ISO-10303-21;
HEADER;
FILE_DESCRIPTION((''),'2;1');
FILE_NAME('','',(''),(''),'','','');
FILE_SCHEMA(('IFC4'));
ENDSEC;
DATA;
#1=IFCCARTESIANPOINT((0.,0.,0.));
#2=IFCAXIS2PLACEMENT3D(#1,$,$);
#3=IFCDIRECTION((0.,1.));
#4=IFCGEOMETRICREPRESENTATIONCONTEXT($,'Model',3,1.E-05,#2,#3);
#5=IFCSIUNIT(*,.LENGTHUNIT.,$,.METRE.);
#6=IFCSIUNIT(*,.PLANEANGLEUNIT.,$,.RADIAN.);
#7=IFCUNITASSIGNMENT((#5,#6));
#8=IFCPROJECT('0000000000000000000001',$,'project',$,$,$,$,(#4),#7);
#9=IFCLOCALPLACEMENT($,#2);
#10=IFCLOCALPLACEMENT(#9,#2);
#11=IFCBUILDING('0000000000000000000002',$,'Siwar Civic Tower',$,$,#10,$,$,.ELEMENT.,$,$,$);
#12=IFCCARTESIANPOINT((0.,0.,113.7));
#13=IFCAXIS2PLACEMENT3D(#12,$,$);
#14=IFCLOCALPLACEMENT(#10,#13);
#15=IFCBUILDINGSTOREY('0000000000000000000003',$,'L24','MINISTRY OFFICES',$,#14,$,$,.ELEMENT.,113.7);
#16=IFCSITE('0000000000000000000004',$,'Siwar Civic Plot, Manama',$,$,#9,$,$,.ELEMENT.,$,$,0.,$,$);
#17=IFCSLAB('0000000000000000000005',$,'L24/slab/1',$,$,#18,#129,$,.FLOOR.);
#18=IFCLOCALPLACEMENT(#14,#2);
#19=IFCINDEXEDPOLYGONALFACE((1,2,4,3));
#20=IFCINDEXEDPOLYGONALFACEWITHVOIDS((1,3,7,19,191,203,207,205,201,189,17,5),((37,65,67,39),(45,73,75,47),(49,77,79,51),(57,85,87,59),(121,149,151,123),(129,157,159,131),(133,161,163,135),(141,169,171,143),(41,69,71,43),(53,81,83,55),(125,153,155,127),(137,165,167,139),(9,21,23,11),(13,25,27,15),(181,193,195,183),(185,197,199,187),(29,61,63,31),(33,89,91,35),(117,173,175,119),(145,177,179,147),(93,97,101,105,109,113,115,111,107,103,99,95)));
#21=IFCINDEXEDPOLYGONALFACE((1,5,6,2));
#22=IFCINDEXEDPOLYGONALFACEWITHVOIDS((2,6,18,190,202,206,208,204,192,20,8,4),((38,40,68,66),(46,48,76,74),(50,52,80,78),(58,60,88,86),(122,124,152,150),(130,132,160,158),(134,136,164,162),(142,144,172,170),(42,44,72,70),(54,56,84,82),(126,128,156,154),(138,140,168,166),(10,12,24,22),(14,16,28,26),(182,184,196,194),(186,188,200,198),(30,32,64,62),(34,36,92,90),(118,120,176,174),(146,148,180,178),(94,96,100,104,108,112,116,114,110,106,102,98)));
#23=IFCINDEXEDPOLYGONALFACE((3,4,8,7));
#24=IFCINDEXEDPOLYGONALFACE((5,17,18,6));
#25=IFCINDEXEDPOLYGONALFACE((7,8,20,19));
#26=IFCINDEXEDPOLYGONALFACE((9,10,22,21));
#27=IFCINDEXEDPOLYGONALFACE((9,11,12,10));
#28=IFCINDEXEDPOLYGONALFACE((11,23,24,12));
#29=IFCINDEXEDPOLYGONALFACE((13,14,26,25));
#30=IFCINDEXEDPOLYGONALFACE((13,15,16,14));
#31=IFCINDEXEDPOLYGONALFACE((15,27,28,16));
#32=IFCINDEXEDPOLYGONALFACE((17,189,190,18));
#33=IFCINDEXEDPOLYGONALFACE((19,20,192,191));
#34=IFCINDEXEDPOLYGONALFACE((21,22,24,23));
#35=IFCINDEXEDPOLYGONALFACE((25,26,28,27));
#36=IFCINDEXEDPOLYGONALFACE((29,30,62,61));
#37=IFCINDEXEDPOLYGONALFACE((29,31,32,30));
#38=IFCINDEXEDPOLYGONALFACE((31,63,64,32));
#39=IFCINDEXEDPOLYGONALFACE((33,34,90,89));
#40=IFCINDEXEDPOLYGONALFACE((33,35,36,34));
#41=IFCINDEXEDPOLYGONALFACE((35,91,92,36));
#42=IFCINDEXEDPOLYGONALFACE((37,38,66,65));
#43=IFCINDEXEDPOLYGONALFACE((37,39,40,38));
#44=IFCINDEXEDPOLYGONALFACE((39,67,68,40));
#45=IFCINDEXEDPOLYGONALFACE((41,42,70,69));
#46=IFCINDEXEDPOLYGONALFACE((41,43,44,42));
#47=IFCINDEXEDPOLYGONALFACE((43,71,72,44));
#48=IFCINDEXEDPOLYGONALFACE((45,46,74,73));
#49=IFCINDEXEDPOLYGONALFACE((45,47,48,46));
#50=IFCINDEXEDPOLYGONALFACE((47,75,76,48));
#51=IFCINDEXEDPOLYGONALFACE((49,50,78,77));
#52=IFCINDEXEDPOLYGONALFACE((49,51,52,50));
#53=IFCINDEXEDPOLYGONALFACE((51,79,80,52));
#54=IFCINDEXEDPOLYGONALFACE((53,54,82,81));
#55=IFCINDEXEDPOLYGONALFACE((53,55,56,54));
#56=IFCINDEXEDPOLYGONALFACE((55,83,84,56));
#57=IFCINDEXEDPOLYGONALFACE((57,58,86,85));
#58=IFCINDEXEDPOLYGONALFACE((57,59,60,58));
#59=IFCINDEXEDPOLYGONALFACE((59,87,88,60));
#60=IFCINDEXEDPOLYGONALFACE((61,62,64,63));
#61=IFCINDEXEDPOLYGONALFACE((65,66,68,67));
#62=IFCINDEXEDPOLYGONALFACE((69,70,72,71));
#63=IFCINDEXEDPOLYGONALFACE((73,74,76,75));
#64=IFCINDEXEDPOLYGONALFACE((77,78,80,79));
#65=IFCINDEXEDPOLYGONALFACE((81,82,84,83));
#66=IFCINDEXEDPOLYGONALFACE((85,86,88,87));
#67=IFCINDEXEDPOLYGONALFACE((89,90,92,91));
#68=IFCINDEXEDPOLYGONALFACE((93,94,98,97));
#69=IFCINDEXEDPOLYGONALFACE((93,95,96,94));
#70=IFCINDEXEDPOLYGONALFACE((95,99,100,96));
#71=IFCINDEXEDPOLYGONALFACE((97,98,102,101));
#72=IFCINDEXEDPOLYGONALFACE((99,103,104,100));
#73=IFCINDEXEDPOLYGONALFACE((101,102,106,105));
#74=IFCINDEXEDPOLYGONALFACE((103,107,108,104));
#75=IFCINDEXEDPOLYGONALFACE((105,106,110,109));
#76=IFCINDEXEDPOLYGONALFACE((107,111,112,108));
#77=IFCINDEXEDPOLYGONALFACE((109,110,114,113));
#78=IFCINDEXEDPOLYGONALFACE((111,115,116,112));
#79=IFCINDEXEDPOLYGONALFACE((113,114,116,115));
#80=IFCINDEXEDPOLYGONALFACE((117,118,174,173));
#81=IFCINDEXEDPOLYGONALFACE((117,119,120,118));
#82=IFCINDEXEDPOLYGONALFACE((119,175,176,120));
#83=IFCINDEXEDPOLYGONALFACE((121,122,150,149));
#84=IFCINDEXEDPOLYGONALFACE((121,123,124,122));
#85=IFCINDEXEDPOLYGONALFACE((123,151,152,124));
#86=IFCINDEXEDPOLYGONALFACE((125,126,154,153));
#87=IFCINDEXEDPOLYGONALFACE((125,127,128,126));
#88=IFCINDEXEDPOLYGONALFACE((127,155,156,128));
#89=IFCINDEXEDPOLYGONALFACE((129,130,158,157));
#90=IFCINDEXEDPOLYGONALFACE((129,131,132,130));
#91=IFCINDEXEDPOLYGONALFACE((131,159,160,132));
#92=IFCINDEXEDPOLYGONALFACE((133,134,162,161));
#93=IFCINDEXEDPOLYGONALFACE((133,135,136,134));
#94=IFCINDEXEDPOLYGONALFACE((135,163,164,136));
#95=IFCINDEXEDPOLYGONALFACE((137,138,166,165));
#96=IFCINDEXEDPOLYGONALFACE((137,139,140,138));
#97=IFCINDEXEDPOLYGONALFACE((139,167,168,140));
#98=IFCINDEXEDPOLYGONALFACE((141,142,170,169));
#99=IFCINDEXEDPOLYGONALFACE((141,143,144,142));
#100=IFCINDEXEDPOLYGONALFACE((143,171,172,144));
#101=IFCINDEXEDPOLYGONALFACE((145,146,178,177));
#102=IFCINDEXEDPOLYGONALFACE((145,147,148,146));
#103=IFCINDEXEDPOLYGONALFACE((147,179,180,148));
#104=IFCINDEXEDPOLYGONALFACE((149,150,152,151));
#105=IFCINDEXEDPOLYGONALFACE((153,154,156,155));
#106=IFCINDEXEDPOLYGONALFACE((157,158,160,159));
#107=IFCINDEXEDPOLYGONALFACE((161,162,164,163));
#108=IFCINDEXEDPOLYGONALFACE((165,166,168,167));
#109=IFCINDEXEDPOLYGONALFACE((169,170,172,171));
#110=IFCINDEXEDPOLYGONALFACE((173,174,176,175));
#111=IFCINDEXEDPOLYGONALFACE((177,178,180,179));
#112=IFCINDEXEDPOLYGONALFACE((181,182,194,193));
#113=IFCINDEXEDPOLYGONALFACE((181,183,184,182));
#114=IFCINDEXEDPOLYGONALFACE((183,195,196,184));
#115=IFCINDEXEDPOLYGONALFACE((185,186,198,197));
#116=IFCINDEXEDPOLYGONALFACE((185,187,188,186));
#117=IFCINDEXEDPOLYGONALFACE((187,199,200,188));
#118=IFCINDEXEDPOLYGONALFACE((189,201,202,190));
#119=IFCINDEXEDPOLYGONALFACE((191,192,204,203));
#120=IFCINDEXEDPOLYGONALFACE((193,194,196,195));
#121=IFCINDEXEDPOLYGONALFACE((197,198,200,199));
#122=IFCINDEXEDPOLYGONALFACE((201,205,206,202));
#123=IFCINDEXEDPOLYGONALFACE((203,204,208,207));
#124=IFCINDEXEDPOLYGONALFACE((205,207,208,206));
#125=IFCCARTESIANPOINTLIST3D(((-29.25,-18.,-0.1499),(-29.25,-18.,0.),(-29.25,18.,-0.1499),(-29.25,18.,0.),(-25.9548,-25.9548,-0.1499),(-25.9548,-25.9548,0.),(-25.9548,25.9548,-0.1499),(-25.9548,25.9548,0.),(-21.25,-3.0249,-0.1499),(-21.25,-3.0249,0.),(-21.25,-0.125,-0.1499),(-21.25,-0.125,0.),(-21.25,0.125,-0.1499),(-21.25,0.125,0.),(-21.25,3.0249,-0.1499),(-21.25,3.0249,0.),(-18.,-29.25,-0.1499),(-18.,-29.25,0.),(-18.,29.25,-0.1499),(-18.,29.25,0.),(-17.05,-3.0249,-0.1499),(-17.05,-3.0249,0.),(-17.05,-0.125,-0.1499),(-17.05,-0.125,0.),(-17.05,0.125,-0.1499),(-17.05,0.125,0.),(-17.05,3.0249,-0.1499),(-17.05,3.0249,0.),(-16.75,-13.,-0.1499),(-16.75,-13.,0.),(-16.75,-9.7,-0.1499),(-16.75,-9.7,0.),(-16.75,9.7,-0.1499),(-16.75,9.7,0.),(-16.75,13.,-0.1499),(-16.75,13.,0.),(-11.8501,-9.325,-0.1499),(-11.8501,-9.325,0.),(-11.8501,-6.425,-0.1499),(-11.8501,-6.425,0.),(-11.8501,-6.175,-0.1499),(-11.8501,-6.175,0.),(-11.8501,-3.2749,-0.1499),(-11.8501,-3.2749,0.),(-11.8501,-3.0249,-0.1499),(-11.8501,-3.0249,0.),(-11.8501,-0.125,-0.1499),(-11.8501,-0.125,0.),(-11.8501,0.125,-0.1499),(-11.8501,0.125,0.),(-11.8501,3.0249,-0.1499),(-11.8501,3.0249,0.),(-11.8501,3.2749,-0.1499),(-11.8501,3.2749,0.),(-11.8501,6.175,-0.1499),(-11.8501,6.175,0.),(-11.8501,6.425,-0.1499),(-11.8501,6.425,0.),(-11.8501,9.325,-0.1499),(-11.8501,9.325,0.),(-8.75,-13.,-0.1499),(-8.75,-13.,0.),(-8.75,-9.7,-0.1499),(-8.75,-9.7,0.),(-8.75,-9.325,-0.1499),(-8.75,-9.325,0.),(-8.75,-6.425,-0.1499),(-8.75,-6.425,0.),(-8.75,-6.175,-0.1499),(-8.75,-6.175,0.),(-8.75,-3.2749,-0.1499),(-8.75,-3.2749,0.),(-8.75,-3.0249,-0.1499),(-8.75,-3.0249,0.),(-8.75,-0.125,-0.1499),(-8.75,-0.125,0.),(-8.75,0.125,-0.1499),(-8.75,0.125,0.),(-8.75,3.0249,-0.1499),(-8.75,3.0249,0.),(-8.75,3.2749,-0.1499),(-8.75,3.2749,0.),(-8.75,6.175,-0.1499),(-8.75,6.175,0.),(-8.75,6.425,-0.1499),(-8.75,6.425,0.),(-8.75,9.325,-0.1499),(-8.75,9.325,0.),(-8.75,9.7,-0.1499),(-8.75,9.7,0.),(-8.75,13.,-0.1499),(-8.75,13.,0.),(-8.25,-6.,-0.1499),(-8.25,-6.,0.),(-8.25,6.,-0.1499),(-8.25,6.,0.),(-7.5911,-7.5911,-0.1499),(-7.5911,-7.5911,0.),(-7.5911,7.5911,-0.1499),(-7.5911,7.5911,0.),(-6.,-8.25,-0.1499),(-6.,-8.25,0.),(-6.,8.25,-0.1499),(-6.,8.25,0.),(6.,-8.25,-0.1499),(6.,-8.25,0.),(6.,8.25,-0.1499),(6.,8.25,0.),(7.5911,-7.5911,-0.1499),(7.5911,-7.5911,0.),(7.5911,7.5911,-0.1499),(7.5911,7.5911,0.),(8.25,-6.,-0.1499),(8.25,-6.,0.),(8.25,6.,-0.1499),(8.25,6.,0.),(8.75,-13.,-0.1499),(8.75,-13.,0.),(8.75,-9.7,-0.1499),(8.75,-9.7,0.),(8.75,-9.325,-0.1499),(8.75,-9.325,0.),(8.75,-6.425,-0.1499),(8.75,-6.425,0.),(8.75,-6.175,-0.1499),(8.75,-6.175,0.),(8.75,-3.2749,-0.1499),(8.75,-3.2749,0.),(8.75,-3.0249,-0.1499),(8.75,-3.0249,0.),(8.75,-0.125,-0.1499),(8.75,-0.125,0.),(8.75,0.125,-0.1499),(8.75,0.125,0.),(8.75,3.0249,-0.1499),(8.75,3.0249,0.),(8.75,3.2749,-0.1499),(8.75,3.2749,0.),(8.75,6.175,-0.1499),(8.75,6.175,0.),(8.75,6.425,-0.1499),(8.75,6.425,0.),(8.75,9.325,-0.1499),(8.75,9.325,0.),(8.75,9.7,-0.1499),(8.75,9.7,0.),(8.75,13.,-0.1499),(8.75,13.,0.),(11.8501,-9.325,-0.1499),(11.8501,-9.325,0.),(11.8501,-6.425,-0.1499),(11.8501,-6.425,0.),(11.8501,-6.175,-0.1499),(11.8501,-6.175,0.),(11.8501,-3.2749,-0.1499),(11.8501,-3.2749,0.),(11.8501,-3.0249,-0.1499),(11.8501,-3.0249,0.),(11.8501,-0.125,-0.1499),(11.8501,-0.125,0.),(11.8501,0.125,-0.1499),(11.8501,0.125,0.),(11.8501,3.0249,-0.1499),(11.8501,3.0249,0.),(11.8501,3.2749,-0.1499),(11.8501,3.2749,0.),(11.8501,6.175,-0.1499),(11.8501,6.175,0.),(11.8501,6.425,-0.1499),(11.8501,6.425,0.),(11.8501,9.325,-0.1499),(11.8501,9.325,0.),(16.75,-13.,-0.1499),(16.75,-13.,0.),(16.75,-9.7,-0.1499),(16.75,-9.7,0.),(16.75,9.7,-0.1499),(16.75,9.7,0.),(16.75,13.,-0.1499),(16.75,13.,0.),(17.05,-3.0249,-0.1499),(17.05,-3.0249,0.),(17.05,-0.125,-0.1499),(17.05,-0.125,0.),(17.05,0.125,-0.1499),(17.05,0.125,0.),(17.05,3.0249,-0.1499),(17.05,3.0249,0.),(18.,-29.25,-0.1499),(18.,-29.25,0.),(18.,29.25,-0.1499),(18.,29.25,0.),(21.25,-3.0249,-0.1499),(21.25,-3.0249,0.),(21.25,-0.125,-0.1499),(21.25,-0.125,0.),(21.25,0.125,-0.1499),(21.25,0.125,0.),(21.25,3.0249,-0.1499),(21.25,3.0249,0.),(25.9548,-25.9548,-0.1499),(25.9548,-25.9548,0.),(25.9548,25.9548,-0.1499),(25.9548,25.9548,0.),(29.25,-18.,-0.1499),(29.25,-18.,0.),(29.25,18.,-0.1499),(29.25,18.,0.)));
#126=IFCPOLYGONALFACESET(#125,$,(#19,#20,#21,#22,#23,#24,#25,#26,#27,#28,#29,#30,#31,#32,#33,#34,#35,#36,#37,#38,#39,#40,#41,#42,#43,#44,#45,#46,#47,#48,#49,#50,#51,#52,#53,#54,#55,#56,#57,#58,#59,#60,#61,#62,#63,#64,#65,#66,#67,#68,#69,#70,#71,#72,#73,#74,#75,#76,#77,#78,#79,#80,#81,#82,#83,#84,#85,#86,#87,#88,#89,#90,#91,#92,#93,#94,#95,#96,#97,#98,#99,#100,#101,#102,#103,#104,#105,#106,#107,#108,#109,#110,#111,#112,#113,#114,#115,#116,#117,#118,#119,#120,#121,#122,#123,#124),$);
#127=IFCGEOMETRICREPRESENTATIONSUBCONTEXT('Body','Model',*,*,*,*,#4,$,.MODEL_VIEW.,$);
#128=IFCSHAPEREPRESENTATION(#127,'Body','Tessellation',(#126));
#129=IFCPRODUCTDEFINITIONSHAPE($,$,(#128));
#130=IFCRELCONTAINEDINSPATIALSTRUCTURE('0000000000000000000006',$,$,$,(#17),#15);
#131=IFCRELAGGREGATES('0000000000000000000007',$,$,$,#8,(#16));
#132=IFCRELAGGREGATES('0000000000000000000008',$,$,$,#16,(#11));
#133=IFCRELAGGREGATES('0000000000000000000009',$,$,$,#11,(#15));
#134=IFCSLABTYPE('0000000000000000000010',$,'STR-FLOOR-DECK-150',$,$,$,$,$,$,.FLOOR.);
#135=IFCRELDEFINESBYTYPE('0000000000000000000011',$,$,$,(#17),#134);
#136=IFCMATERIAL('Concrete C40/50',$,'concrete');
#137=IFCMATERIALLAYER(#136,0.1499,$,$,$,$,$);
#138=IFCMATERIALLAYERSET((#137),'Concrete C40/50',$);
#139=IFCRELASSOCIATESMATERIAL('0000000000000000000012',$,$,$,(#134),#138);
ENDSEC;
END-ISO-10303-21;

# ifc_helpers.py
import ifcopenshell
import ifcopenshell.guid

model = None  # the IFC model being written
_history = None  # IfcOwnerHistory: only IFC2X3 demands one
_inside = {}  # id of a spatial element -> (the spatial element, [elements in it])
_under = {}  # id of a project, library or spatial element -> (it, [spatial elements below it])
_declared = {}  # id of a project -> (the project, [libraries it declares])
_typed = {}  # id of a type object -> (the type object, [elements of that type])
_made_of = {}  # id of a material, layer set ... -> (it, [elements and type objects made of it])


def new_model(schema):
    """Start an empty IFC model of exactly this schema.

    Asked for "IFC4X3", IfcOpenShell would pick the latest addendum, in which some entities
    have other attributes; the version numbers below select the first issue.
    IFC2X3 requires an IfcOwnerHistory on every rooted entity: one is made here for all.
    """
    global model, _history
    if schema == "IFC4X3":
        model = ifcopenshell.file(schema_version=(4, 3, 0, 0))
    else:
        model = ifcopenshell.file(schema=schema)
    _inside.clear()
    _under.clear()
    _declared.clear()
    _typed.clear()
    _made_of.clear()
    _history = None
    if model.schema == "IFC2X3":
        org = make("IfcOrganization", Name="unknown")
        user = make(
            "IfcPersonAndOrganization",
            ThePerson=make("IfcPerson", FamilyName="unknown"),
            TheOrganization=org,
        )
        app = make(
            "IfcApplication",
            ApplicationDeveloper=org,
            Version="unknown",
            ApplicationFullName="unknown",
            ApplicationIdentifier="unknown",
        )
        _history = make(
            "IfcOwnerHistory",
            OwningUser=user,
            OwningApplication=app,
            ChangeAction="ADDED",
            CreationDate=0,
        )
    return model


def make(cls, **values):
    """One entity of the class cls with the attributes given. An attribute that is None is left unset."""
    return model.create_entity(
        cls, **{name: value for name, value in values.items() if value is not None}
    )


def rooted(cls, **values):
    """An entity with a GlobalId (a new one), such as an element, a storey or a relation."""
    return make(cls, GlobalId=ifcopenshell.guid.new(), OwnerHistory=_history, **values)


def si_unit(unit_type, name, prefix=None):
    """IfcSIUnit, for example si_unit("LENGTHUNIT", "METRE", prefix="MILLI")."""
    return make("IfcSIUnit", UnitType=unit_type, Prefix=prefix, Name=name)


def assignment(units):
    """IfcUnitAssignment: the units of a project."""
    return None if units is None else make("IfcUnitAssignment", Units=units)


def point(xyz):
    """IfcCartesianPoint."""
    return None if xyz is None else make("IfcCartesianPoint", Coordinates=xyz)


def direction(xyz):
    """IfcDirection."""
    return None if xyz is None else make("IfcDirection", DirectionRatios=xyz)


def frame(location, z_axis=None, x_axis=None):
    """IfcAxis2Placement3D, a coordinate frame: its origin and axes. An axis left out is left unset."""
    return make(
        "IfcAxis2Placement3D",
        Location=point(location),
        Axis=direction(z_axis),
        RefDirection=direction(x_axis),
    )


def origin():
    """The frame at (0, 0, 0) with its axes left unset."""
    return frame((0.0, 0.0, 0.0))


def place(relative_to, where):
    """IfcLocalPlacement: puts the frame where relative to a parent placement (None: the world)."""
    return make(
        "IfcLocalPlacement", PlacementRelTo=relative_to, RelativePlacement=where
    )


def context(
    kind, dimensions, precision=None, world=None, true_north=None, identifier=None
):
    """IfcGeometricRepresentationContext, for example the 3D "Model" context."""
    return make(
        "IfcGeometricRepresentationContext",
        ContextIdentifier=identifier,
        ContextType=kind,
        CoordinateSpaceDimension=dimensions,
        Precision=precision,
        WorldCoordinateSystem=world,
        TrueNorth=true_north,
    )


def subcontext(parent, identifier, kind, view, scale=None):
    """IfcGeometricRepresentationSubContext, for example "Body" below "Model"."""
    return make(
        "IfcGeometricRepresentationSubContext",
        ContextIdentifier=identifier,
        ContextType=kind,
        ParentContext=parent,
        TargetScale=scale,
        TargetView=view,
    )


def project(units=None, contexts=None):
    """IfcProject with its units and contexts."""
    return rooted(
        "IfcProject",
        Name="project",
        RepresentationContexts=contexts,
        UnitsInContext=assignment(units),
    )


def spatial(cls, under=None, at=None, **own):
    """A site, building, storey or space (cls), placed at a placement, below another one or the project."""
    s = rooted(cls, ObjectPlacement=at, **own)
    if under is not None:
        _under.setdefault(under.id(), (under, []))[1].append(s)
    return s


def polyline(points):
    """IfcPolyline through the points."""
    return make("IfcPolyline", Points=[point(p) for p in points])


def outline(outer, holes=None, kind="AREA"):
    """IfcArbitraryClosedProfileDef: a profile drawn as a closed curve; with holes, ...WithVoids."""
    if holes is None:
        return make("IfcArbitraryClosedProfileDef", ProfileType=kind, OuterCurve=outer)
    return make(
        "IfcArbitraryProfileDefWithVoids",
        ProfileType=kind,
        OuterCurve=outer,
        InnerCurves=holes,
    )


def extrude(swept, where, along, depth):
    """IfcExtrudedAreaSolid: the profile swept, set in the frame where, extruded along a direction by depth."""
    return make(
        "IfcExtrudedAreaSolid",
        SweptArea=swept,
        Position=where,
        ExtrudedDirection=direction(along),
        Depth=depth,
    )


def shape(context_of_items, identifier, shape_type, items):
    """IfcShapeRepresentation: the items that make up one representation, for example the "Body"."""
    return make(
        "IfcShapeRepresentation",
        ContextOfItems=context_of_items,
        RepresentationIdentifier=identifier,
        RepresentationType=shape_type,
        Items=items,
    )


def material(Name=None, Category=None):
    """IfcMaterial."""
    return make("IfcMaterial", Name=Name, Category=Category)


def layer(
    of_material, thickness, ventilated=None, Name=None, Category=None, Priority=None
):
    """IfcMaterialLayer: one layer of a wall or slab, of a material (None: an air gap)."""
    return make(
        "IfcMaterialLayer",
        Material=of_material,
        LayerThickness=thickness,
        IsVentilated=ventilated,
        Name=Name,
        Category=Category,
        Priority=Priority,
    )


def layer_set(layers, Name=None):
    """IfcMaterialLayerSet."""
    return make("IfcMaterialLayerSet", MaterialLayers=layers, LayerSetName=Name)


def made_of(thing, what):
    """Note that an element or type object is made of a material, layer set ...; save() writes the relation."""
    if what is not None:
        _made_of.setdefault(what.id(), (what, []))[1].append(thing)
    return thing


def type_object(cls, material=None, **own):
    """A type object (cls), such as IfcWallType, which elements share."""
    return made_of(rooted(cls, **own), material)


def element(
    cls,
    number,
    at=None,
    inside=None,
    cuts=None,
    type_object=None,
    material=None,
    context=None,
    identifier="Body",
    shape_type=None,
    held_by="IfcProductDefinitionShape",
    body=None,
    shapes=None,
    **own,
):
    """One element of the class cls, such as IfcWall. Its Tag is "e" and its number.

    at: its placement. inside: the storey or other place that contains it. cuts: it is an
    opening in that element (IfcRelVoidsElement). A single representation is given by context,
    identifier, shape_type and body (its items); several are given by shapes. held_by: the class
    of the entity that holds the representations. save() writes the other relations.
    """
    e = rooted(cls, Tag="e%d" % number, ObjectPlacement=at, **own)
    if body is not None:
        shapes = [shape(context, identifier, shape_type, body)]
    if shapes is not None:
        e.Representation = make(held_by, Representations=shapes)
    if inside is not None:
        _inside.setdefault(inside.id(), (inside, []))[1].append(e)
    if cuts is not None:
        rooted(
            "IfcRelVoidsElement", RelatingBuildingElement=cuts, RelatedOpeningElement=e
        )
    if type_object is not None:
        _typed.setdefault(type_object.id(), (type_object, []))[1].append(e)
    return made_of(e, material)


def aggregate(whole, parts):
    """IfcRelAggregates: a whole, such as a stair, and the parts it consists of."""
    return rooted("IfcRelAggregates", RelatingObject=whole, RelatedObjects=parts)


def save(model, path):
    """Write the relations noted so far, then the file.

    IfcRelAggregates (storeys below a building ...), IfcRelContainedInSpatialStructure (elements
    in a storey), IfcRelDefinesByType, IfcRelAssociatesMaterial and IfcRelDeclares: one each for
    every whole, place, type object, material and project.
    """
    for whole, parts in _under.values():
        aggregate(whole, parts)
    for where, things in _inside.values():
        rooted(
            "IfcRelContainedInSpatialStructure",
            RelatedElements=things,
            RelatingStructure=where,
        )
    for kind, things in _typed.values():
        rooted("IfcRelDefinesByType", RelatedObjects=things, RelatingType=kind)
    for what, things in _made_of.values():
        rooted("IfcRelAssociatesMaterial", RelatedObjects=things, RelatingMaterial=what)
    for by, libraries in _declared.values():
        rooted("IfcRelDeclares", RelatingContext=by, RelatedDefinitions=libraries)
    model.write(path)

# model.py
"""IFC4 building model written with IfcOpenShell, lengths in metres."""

from ifc_helpers import new_model, si_unit, direction, frame, origin, place, context, subcontext, project, spatial, polyline, outline, extrude, material, layer, layer_set, type_object, element, save


model = new_model("IFC4")

# Units and contexts
model_context = context("Model", 3, precision=1e-05, world=origin(), true_north=direction((0.0, 1.0)))
body_context = subcontext(model_context, "Body", "Model", "MODEL_VIEW")
ifc_project = project(units=[si_unit("LENGTHUNIT", "METRE"), si_unit("PLANEANGLEUNIT", "RADIAN")], contexts=[model_context])

# Site, building, storey
site_placement = place(None, origin())
site = spatial("IfcSite", under=ifc_project, at=site_placement, Name="Siwar Civic Plot, Manama", CompositionType="ELEMENT", RefElevation=0.0)
building_placement = place(site_placement, origin())
building = spatial("IfcBuilding", under=site, at=building_placement, Name="Siwar Civic Tower", CompositionType="ELEMENT")
storey_placement = place(building_placement, frame((0.0, 0.0, 113.7)))
storey = spatial("IfcBuildingStorey", under=building, at=storey_placement, Name="L24", Description="MINISTRY OFFICES", CompositionType="ELEMENT", Elevation=113.7)

# Slab
ifc_material_1 = material(Name="Concrete C40/50", Category="concrete")
ifc_layer_1 = layer(ifc_material_1, 0.1499)
ifc_layer_set_1 = layer_set([ifc_layer_1], Name="Concrete C40/50")
slab_type_1 = type_object("IfcSlabType", Name="STR-FLOOR-DECK-150", PredefinedType="FLOOR", material=ifc_layer_set_1)
slab_1_placement = place(storey_placement, frame((0.0, 0.0, -0.1499)))
element("IfcSlab", 1, at=slab_1_placement, inside=storey, type_object=slab_type_1, Name="L24/slab/1", PredefinedType="FLOOR", context=body_context, shape_type="SweptSolid", body=[
    extrude(outline(polyline([(-18.0, -29.25), (18.0, -29.25), (25.9548, -25.9548), (29.25, -18.0), (29.25, 18.0), (25.9548, 25.9548), (18.0, 29.25), (-18.0, 29.25), (-25.9548, 25.9548), (-29.25, 18.0), (-29.25, -18.0), (-25.9548, -25.9548), (-18.0, -29.25)]), holes=[polyline([(21.25, 3.0249), (21.25, 0.125), (17.05, 0.125), (17.05, 3.0249), (21.25, 3.0249)]), polyline([(17.05, -0.125), (21.25, -0.125), (21.25, -3.0249), (17.05, -3.0249), (17.05, -0.125)]), polyline([(16.75, 13.0), (16.75, 9.7), (8.75, 9.7), (8.75, 13.0), (16.75, 13.0)]), polyline([(8.75, -9.7), (16.75, -9.7), (16.75, -13.0), (8.75, -13.0), (8.75, -9.7)]), polyline([(11.8501, 9.325), (11.8501, 6.425), (8.75, 6.425), (8.75, 9.325), (11.8501, 9.325)]), polyline([(11.8501, 3.0249), (11.8501, 0.125), (8.75, 0.125), (8.75, 3.0249), (11.8501, 3.0249)]), polyline([(11.8501, -0.125), (11.8501, -3.0249), (8.75, -3.0249), (8.75, -0.125), (11.8501, -0.125)]), polyline([(11.8501, -3.2749), (11.8501, -6.175), (8.75, -6.175), (8.75, -3.2749), (11.8501, -3.2749)]), polyline([(8.75, 6.175), (11.8501, 6.175), (11.8501, 3.2749), (8.75, 3.2749), (8.75, 6.175)]), polyline([(8.75, -6.425), (11.8501, -6.425), (11.8501, -9.325), (8.75, -9.325), (8.75, -6.425)]), polyline([(-6.0, 8.25), (6.0, 8.25), (7.5911, 7.5911), (8.25, 6.0), (8.25, -6.0), (7.5911, -7.5911), (6.0, -8.25), (-6.0, -8.25), (-7.5911, -7.5911), (-8.25, -6.0), (-8.25, 6.0), (-7.5911, 7.5911), (-6.0, 8.25)]), polyline([(-8.75, 9.7), (-16.75, 9.7), (-16.75, 13.0), (-8.75, 13.0), (-8.75, 9.7)]), polyline([(-8.75, 0.125), (-11.8501, 0.125), (-11.8501, 3.0249), (-8.75, 3.0249), (-8.75, 0.125)]), polyline([(-8.75, -6.175), (-11.8501, -6.175), (-11.8501, -3.2749), (-8.75, -3.2749), (-8.75, -6.175)]), polyline([(-8.75, -9.325), (-11.8501, -9.325), (-11.8501, -6.425), (-8.75, -6.425), (-8.75, -9.325)]), polyline([(-8.75, -13.0), (-16.75, -13.0), (-16.75, -9.7), (-8.75, -9.7), (-8.75, -13.0)]), polyline([(-11.8501, 6.425), (-11.8501, 9.325), (-8.75, 9.325), (-8.75, 6.425), (-11.8501, 6.425)]), polyline([(-11.8501, 3.2749), (-11.8501, 6.175), (-8.75, 6.175), (-8.75, 3.2749), (-11.8501, 3.2749)]), polyline([(-11.8501, -3.0249), (-11.8501, -0.125), (-8.75, -0.125), (-8.75, -3.0249), (-11.8501, -3.0249)]), polyline([(-21.25, -3.0249), (-21.25, -0.125), (-17.05, -0.125), (-17.05, -3.0249), (-21.25, -3.0249)]), polyline([(-17.05, 0.125), (-21.25, 0.125), (-21.25, 3.0249), (-17.05, 3.0249), (-17.05, 0.125)])]), origin(), (0.0, 0.0, 1.0), 0.1499),
])

save(model, "model.ifc")
